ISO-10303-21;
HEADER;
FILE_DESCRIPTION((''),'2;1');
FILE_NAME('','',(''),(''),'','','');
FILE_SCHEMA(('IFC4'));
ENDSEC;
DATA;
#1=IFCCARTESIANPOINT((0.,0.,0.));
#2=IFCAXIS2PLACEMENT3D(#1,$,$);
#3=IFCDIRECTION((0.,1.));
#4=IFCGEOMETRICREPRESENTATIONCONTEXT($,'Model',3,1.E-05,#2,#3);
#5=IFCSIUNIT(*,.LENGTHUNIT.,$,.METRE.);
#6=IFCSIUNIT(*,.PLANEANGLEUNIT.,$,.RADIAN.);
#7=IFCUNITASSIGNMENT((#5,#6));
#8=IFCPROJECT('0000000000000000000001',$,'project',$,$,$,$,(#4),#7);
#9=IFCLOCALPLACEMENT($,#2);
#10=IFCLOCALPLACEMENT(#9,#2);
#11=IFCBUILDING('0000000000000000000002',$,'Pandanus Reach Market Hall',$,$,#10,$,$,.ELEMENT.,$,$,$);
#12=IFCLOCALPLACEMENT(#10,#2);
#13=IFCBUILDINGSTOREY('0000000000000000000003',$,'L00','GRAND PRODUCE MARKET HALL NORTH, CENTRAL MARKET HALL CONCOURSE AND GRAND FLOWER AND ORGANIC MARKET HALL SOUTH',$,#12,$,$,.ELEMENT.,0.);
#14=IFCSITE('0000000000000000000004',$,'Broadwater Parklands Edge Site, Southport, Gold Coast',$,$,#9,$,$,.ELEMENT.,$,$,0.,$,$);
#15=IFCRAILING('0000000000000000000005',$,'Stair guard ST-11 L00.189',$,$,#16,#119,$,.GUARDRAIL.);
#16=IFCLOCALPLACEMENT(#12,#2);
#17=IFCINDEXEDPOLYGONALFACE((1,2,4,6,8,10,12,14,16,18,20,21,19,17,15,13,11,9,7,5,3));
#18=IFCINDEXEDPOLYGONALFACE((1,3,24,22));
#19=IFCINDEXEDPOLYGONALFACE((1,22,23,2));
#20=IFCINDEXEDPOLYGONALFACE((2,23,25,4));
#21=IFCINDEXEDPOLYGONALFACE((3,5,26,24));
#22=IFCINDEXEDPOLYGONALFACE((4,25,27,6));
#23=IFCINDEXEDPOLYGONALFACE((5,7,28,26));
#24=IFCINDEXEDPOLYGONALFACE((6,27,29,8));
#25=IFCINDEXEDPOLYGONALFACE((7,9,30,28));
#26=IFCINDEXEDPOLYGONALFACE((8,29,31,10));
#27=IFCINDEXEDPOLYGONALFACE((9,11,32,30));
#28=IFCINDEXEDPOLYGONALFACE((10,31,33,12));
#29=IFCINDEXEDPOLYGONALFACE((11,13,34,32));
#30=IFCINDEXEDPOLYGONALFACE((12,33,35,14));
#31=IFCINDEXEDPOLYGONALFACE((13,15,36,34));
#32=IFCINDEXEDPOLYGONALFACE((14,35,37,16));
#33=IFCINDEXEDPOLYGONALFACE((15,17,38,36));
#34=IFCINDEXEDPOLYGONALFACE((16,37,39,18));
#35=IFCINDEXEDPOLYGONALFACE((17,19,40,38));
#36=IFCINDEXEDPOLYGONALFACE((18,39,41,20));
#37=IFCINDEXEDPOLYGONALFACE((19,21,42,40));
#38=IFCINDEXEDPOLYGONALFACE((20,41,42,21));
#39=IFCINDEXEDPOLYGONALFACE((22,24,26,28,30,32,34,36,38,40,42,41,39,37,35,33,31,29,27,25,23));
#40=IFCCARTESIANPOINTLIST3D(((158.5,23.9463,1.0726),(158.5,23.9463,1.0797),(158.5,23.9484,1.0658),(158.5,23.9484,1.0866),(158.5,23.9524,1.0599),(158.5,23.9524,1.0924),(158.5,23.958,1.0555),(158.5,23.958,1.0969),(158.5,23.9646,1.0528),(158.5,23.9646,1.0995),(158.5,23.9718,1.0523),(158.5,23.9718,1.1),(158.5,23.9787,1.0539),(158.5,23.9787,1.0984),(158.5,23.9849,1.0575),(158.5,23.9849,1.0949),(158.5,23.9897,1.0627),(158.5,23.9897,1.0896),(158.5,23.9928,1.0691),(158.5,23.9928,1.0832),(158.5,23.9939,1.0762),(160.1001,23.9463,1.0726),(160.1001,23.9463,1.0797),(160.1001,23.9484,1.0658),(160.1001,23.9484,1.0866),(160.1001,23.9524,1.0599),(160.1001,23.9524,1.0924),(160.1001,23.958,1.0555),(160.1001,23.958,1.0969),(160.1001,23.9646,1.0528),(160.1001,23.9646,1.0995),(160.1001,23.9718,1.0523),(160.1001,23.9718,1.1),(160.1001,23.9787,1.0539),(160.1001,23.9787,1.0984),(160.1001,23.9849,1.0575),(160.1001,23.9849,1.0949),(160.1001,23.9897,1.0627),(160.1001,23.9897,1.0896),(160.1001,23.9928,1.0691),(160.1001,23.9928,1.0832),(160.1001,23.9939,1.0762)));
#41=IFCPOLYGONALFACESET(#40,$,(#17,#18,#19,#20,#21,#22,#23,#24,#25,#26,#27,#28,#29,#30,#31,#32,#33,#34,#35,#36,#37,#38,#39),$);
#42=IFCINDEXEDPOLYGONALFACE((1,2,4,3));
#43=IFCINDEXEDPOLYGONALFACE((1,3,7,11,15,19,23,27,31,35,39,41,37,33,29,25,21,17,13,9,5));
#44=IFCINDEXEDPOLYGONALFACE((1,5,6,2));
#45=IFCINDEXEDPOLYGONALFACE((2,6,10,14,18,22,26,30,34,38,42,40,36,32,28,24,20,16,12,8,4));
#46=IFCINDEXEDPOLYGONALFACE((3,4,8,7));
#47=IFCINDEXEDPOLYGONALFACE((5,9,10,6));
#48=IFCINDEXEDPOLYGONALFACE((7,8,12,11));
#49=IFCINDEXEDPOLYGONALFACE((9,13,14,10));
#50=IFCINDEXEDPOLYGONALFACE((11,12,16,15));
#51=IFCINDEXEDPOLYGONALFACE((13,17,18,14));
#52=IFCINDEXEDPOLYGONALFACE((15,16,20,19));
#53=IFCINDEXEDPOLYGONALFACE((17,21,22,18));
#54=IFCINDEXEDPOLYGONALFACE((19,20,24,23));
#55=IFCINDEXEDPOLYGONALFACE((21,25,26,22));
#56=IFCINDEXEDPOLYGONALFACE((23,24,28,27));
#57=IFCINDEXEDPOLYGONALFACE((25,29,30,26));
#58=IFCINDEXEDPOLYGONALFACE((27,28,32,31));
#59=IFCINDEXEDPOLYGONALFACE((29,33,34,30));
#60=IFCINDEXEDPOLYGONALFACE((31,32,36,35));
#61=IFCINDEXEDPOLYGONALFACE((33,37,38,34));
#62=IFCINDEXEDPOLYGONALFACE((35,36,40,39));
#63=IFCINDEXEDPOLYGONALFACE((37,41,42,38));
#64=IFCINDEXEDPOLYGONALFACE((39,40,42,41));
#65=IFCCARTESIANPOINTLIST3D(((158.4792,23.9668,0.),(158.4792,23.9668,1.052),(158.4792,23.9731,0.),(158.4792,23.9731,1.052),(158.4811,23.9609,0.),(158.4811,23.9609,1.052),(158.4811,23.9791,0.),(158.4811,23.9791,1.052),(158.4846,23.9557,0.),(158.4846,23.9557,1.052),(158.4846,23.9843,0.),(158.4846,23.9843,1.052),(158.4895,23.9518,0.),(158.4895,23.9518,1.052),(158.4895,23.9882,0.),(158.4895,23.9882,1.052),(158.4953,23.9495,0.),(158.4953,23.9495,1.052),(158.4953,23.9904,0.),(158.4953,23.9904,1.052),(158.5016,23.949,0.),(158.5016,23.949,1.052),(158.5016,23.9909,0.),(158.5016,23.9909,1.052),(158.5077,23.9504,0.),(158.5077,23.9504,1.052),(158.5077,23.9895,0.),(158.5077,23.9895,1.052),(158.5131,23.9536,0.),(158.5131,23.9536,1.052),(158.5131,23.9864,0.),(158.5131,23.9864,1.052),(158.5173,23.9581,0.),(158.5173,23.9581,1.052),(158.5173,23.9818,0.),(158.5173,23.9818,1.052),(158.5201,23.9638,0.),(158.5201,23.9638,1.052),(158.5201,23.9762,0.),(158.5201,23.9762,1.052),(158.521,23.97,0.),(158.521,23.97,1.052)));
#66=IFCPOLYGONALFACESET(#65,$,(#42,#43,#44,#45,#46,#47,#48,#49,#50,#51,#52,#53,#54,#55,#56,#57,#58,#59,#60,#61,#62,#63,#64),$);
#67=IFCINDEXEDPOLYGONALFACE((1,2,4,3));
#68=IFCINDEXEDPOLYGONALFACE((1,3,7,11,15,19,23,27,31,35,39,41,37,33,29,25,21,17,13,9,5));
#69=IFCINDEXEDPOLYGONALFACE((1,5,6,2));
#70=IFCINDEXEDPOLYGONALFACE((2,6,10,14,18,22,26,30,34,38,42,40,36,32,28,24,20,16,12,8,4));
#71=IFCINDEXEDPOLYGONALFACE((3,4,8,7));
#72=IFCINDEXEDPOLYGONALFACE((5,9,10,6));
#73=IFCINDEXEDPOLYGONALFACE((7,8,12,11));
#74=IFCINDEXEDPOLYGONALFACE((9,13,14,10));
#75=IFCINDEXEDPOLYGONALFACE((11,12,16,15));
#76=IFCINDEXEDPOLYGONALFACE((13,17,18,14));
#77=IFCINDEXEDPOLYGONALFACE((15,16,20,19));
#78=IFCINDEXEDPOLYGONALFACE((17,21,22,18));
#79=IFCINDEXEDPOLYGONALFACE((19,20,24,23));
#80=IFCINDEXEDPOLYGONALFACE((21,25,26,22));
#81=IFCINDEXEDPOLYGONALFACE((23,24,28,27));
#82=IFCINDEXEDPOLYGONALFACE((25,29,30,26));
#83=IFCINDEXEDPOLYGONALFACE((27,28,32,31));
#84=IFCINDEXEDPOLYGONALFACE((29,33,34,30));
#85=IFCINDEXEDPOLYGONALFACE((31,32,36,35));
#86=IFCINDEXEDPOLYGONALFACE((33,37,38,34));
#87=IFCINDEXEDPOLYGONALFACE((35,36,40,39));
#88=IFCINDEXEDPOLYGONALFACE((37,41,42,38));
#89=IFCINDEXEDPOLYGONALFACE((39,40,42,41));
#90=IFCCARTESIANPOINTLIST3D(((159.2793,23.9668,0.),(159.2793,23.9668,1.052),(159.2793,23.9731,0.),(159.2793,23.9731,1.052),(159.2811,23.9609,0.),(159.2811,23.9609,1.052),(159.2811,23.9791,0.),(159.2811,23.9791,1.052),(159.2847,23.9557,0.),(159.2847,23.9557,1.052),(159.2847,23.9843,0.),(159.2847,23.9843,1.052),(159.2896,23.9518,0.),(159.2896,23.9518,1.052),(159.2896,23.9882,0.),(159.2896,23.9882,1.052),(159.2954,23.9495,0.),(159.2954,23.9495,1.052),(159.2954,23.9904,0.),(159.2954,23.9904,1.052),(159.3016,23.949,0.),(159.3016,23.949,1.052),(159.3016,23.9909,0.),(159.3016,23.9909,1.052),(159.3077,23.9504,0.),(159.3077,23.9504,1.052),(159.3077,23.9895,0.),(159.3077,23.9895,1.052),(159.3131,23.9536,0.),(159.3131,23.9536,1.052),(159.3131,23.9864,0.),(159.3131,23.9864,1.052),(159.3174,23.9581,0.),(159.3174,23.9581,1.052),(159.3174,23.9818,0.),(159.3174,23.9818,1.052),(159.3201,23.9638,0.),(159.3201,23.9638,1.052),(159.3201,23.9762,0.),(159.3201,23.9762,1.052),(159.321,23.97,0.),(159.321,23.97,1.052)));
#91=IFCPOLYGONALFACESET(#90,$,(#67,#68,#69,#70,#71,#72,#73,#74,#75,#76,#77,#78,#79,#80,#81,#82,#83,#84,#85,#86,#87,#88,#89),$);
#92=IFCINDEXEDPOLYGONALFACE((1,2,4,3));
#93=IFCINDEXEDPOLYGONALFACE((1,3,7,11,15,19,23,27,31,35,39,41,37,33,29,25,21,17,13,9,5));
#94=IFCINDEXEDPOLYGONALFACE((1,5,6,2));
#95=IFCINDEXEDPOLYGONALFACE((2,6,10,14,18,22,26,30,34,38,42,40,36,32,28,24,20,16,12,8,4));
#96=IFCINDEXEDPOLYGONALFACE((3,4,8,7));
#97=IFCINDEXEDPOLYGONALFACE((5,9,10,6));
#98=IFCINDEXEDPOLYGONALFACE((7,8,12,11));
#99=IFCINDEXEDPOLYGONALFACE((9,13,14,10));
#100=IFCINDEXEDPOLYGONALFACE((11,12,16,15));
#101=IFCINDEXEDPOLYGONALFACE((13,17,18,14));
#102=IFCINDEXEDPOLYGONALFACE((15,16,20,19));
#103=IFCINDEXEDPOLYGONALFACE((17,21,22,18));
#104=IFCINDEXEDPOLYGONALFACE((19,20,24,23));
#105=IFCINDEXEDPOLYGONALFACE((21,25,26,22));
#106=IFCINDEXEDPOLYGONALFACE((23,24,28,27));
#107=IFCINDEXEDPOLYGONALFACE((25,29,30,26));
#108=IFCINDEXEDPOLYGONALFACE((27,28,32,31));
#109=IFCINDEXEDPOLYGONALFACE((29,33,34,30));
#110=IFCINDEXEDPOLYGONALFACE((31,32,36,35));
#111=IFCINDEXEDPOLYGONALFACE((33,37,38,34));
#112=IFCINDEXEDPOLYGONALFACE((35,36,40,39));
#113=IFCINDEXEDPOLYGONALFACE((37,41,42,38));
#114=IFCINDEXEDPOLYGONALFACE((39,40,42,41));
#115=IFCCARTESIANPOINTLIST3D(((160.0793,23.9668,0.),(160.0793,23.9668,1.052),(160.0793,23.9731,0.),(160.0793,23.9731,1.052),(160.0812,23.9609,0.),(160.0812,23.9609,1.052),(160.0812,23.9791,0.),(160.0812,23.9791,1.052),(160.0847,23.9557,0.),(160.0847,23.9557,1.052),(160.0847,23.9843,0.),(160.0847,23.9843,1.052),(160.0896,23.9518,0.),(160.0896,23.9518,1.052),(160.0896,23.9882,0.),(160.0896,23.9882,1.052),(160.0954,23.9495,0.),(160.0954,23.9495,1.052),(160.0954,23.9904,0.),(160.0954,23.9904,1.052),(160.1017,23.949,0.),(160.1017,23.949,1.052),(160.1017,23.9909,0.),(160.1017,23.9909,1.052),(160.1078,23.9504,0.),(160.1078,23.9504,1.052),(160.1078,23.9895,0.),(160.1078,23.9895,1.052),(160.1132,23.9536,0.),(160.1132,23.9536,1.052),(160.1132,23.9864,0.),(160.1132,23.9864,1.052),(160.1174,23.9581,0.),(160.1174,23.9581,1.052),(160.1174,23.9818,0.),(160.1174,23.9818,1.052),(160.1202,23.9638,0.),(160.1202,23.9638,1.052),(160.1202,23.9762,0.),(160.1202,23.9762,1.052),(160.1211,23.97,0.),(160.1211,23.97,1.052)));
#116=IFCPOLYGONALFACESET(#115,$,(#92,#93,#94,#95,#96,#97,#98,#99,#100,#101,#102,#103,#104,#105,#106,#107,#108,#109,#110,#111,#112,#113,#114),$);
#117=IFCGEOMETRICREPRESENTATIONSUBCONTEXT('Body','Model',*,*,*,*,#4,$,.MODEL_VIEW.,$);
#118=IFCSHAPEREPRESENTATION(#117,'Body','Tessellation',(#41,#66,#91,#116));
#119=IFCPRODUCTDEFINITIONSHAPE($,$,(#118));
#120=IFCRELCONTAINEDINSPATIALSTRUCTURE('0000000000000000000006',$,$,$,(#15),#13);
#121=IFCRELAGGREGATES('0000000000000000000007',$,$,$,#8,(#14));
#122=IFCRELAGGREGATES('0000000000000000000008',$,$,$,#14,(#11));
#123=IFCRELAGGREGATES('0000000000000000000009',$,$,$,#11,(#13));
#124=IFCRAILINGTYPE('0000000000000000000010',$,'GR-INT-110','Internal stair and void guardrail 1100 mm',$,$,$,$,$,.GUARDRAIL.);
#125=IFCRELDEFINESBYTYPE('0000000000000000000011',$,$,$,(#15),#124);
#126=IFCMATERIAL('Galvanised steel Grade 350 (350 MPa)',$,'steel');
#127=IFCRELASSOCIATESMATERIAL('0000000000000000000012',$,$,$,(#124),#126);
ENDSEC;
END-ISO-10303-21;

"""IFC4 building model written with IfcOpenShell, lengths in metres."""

from ifc_helpers import new_model, si_unit, direction, frame, origin, origin_2d, place, context, subcontext, project, spatial, circle, extrude, material, type_object, element, save


model = new_model("IFC4")

# Units and contexts
model_context = context("Model", 3, precision=1e-05, world=origin(), true_north=direction((0.0, 1.0)))
body_context = subcontext(model_context, "Body", "Model", "MODEL_VIEW")
ifc_project = project(units=[si_unit("LENGTHUNIT", "METRE"), si_unit("PLANEANGLEUNIT", "RADIAN")], contexts=[model_context])

# Site, building, storey
site_placement = place(None, origin())
site = spatial("IfcSite", under=ifc_project, at=site_placement, Name="Broadwater Parklands Edge Site, Southport, Gold Coast", CompositionType="ELEMENT", RefElevation=0.0)
building_placement = place(site_placement, origin())
building = spatial("IfcBuilding", under=site, at=building_placement, Name="Pandanus Reach Market Hall", CompositionType="ELEMENT")
storey_placement = place(building_placement, origin())
storey = spatial("IfcBuildingStorey", under=building, at=storey_placement, Name="L00", Description="GRAND PRODUCE MARKET HALL NORTH, CENTRAL MARKET HALL CONCOURSE AND GRAND FLOWER AND ORGANIC MARKET HALL SOUTH", CompositionType="ELEMENT", Elevation=0.0)

# Railing
ifc_material_1 = material(Name="Galvanised steel Grade 350 (350 MPa)", Category="steel")
railing_type_1 = type_object("IfcRailingType", Name="GR-INT-110", Description="Internal stair and void guardrail 1100 mm", PredefinedType="GUARDRAIL", material=ifc_material_1)
for number, where, name in (
    (1, (158.5, 23.97, 0.0), "Stair guard ST-11 L00.189"),
):
    element("IfcRailing", number, at=place(storey_placement, frame(where)), inside=storey, type_object=railing_type_1, Name=name, PredefinedType="GUARDRAIL", context=body_context, shape_type="SweptSolid", body=[
        extrude(circle(Radius=0.0239, at=origin_2d()), frame((0.0, 0.0, 1.0762), z_axis=(1.0, 0.0, 0.0), x_axis=(0.0, 1.0, 0.0)), (0.0, 0.0, 1.0), 1.6001),
        extrude(circle(Radius=0.021, at=origin_2d()), origin(), (0.0, 0.0, 1.0), 1.052),
        extrude(circle(Radius=0.021, at=origin_2d()), frame((0.8, 0.0, 0.0)), (0.0, 0.0, 1.0), 1.052),
        extrude(circle(Radius=0.021, at=origin_2d()), frame((1.6001, 0.0, 0.0)), (0.0, 0.0, 1.0), 1.052),
    ])

save(model, "model.ifc")
